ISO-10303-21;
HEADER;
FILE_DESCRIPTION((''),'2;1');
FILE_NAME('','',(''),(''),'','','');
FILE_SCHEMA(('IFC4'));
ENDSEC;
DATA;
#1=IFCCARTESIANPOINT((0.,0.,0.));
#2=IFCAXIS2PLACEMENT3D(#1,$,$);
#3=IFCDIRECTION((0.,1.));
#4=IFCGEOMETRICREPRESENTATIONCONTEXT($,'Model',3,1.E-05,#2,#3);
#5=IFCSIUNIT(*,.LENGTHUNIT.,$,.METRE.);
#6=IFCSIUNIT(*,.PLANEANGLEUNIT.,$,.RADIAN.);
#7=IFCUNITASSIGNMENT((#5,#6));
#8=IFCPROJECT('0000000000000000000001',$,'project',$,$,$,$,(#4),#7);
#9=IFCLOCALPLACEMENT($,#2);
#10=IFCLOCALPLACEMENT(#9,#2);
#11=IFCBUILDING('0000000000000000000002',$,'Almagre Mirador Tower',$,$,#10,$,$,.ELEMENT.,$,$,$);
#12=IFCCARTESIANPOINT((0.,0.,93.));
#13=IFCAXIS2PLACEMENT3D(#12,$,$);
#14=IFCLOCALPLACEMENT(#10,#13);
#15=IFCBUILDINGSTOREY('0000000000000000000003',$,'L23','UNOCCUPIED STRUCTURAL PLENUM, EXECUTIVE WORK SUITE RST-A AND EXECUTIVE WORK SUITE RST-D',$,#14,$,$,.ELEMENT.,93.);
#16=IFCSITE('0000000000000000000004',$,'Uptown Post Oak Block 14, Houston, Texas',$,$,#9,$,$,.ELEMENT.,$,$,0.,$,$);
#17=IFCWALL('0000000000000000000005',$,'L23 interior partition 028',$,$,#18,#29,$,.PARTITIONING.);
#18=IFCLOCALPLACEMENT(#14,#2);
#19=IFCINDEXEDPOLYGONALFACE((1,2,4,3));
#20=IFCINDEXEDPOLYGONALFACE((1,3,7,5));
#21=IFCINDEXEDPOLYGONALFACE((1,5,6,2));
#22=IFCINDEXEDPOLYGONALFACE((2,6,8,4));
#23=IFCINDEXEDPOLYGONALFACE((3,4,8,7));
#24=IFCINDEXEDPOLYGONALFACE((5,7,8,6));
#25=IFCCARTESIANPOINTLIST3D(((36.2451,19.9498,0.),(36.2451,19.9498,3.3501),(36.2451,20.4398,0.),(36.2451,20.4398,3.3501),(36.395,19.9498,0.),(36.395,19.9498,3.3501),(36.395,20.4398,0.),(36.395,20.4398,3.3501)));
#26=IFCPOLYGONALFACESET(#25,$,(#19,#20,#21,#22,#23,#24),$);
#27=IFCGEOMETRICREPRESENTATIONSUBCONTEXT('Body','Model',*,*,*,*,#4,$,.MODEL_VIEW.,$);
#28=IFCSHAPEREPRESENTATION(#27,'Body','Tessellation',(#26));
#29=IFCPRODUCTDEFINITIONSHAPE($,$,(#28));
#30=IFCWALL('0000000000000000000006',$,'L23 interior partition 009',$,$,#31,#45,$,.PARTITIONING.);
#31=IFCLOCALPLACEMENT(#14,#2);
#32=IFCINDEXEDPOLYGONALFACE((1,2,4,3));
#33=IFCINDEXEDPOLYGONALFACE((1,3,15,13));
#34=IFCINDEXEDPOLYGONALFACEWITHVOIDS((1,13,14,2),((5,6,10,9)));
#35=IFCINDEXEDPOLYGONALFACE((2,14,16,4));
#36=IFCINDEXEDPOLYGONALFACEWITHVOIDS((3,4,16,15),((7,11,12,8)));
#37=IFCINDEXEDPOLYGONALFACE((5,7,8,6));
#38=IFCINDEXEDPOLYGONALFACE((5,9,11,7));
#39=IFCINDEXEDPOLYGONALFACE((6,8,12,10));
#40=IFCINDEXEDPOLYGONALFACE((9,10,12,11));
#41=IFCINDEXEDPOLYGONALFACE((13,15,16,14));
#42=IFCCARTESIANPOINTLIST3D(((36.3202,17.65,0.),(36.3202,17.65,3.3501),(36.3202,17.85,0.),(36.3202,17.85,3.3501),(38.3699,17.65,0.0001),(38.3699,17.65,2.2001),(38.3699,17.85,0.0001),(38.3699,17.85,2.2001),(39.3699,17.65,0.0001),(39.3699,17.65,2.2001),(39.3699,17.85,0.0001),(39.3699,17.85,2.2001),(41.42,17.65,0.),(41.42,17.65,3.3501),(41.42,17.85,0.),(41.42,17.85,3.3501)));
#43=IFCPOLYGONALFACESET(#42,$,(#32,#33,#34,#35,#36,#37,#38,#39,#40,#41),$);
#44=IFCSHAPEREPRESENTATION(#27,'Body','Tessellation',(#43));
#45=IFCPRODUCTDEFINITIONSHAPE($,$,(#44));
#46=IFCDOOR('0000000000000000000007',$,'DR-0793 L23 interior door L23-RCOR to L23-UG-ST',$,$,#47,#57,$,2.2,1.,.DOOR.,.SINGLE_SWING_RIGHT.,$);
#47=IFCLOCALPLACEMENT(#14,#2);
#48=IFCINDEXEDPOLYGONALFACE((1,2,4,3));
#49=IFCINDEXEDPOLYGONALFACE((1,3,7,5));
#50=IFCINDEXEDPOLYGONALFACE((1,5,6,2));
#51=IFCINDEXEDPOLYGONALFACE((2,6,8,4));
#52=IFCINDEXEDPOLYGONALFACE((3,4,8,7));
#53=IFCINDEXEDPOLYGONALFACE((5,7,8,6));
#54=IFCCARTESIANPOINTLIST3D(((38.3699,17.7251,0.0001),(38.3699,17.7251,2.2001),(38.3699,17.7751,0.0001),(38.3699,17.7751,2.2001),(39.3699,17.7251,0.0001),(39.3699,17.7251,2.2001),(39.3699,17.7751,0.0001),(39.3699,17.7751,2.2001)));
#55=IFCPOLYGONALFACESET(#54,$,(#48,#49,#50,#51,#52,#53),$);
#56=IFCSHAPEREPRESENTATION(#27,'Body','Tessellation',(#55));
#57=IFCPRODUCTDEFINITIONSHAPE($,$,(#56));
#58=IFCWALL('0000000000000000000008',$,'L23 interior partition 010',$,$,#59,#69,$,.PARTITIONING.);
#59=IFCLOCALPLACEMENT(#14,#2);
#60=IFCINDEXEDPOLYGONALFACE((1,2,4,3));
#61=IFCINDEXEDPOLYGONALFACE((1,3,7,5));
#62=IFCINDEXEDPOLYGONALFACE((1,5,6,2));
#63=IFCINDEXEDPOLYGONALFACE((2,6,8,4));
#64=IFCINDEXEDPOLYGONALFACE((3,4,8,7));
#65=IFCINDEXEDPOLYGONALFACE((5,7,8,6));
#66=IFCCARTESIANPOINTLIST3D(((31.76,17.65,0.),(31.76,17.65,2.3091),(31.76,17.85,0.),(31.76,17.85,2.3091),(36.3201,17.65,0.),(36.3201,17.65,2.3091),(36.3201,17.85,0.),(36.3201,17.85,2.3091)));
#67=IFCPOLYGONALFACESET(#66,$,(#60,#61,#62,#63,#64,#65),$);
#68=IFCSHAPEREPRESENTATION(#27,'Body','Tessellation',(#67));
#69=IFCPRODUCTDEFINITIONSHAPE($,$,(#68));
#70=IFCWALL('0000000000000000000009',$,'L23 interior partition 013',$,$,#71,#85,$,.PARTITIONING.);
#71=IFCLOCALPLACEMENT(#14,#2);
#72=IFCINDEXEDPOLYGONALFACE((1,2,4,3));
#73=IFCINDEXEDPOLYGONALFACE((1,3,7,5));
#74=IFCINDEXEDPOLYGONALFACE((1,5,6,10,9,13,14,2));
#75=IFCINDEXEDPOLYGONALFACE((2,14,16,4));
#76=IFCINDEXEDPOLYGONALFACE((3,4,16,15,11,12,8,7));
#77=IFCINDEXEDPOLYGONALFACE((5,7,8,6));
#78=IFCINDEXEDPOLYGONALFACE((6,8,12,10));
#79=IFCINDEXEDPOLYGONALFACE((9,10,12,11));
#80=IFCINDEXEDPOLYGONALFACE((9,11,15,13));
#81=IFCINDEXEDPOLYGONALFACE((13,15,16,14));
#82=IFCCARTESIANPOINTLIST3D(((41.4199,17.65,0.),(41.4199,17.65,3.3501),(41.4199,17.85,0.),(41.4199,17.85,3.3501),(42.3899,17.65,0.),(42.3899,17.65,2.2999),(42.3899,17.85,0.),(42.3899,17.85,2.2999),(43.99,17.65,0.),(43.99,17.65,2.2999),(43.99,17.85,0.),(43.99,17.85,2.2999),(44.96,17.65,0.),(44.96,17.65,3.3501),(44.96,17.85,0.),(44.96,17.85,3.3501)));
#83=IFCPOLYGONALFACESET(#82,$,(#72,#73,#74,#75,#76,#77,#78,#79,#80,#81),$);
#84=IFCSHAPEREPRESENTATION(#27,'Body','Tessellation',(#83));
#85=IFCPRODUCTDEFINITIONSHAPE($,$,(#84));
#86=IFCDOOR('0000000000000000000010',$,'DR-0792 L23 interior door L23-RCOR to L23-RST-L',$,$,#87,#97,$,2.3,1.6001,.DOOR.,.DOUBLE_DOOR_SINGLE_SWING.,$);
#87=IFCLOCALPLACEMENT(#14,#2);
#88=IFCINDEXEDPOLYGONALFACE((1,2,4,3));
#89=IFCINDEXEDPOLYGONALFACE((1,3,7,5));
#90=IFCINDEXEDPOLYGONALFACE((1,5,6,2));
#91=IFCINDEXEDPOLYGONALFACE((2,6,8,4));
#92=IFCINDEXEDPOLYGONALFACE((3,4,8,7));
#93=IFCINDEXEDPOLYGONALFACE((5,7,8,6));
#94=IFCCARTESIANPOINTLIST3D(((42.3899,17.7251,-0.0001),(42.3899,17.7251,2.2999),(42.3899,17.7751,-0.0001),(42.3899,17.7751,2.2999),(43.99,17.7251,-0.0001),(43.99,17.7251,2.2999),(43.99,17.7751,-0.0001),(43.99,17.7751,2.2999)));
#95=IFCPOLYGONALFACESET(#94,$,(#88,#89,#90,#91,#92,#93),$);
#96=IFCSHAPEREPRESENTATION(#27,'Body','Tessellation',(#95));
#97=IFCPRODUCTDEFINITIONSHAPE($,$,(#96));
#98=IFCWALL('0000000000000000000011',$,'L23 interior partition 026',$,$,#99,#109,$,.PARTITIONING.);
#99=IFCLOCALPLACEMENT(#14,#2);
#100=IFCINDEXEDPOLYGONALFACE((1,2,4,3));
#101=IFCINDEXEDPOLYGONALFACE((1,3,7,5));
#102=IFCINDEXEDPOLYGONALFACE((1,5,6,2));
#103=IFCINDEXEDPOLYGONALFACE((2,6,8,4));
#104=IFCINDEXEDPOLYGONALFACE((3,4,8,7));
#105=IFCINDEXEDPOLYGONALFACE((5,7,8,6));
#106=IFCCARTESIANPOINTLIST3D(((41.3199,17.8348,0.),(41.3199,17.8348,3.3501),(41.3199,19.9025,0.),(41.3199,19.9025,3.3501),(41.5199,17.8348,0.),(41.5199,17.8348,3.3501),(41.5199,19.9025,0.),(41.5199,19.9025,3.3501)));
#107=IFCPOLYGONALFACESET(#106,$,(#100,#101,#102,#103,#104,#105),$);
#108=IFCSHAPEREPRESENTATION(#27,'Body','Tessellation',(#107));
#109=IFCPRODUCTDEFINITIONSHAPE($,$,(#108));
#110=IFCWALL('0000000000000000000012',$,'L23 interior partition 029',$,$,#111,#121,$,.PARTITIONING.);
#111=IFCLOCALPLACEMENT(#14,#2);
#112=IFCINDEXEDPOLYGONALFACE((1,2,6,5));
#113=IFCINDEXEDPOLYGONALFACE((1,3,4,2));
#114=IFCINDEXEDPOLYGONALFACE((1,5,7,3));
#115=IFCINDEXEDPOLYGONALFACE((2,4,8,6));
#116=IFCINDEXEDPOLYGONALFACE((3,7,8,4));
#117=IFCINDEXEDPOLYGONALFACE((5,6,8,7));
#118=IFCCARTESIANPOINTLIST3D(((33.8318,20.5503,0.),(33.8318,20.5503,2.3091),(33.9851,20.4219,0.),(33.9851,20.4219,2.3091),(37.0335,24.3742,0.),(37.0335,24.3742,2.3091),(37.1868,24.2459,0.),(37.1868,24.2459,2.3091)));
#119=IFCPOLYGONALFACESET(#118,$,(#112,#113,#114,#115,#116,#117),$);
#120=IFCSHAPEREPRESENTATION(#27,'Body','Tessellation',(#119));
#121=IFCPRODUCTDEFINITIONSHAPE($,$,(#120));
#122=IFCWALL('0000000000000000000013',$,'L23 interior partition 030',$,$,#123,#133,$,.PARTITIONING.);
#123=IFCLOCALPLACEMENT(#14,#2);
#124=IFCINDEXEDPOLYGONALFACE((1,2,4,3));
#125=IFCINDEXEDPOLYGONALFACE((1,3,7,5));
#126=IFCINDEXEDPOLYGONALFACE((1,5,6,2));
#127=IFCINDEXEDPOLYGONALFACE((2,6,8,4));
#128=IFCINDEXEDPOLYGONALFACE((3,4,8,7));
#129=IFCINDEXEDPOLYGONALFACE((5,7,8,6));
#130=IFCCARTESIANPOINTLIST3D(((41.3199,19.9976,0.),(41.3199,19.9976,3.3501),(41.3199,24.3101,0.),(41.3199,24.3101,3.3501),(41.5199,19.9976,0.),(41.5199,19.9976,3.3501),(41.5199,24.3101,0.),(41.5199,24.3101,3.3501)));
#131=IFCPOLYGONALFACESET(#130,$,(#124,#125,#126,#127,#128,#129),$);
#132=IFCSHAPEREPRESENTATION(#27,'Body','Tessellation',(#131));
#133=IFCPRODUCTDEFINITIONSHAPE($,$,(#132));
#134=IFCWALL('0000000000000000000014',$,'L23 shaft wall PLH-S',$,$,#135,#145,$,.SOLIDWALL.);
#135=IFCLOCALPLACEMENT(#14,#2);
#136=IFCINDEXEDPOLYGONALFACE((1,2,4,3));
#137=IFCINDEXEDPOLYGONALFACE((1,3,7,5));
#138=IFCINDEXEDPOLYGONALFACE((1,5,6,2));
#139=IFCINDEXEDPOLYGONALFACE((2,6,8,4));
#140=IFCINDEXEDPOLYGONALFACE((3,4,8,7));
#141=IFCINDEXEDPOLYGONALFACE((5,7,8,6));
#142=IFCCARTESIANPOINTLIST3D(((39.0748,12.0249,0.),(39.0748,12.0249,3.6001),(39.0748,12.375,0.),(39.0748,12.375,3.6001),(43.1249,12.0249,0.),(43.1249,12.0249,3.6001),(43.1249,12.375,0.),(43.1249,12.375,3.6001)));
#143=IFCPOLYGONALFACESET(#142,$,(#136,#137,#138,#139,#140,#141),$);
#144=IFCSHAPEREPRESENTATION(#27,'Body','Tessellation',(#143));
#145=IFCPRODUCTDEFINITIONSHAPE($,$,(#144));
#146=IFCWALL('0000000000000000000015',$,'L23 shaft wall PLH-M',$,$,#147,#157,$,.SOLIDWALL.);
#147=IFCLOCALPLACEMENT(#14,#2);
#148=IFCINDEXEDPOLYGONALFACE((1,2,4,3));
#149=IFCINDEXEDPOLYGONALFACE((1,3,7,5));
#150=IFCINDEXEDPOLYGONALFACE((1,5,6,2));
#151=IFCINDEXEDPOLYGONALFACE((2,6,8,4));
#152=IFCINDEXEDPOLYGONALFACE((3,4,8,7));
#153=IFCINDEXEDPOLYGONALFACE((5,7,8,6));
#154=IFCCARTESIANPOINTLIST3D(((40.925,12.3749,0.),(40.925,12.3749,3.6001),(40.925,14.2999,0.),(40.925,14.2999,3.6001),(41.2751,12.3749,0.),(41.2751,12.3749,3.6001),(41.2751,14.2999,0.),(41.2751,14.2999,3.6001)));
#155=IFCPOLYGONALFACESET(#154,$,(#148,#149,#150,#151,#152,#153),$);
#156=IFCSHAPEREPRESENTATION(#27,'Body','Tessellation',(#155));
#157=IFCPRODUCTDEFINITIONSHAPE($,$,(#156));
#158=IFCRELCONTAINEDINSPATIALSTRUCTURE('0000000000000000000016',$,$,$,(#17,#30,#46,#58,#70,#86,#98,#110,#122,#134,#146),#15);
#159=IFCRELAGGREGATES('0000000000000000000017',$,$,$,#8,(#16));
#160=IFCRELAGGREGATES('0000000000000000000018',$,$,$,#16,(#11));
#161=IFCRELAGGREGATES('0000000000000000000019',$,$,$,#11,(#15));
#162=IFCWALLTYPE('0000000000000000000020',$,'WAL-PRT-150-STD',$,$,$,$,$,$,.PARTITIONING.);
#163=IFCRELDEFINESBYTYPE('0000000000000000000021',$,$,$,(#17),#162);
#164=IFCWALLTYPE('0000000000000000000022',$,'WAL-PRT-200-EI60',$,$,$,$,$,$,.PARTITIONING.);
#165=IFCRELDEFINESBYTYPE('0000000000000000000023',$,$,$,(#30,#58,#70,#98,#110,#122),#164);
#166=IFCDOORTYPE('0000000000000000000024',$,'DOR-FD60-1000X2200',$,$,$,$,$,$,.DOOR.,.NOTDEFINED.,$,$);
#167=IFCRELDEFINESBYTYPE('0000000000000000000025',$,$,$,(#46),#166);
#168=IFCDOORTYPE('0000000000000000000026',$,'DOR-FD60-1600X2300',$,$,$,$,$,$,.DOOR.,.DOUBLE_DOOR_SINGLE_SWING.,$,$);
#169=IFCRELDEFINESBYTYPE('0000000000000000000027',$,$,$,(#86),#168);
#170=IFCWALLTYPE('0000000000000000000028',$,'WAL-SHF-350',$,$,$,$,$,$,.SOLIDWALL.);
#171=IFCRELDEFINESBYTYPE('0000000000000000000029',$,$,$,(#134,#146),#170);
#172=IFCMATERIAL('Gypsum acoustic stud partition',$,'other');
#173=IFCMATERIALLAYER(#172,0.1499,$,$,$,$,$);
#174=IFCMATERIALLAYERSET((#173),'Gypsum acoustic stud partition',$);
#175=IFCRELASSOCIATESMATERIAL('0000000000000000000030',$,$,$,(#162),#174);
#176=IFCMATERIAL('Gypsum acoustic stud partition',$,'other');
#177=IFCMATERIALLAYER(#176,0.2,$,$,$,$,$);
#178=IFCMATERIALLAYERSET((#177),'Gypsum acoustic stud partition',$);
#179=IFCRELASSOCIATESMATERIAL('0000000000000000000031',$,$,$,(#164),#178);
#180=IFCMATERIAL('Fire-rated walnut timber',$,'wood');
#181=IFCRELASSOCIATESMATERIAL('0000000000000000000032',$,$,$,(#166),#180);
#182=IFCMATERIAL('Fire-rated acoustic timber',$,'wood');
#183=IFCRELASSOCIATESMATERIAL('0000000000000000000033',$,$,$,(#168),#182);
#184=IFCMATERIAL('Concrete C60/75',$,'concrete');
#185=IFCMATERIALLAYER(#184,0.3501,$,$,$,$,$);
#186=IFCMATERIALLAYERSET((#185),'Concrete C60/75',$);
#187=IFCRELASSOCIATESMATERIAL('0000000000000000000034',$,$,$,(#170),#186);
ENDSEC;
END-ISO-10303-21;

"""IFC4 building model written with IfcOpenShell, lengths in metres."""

from ifc_helpers import new_model, si_unit, direction, frame, frame_2d, origin, place, context, subcontext, project, spatial, rectangle, extrude, material, layer, layer_set, type_object, element, fill, save


model = new_model("IFC4")

# Units and contexts
model_context = context("Model", 3, precision=1e-05, world=origin(), true_north=direction((0.0, 1.0)))
body_context = subcontext(model_context, "Body", "Model", "MODEL_VIEW")
ifc_project = project(units=[si_unit("LENGTHUNIT", "METRE"), si_unit("PLANEANGLEUNIT", "RADIAN")], contexts=[model_context])

# Site, building, storey
site_placement = place(None, origin())
site = spatial("IfcSite", under=ifc_project, at=site_placement, Name="Uptown Post Oak Block 14, Houston, Texas", CompositionType="ELEMENT", RefElevation=0.0)
building_placement = place(site_placement, origin())
building = spatial("IfcBuilding", under=site, at=building_placement, Name="Almagre Mirador Tower", CompositionType="ELEMENT")
storey_placement = place(building_placement, frame((0.0, 0.0, 93.0)))
storey = spatial("IfcBuildingStorey", under=building, at=storey_placement, Name="L23", Description="UNOCCUPIED STRUCTURAL PLENUM, EXECUTIVE WORK SUITE RST-A AND EXECUTIVE WORK SUITE RST-D", CompositionType="ELEMENT", Elevation=93.0)

# Shared definitions
ifc_material_1 = material(Name="Gypsum acoustic stud partition", Category="other")
ifc_layer_1 = layer(ifc_material_1, 0.1499)
ifc_layer_set_1 = layer_set([ifc_layer_1], Name="Gypsum acoustic stud partition")
wall_type_1 = type_object("IfcWallType", Name="WAL-PRT-150-STD", PredefinedType="PARTITIONING", material=ifc_layer_set_1)

# Wall
wall_1_placement = place(storey_placement, frame((36.3201, 20.4399, 0.0), z_axis=(0.0, 0.0, 1.0), x_axis=(0.0, -1.0, 0.0)))
element("IfcWall", 1, at=wall_1_placement, inside=storey, type_object=wall_type_1, Name="L23 interior partition 028", PredefinedType="PARTITIONING", context=body_context, shape_type="SweptSolid", body=[
    extrude(rectangle(XDim=0.49, YDim=0.1499, at=frame_2d((0.2451, 0.0))), origin(), (0.0, 0.0, 1.0), 3.3501),
])

# Wall, opening, door
ifc_material_2 = material(Name="Gypsum acoustic stud partition", Category="other")
ifc_layer_2 = layer(ifc_material_2, 0.2)
ifc_layer_set_2 = layer_set([ifc_layer_2], Name="Gypsum acoustic stud partition")
wall_type_2 = type_object("IfcWallType", Name="WAL-PRT-200-EI60", PredefinedType="PARTITIONING", material=ifc_layer_set_2)
wall_2_placement = place(storey_placement, frame((41.4199, 17.75, 0.0), z_axis=(0.0, 0.0, 1.0), x_axis=(-1.0, 0.0, 0.0)))
wall_2 = element("IfcWall", 2, at=wall_2_placement, inside=storey, type_object=wall_type_2, Name="L23 interior partition 009", PredefinedType="PARTITIONING", context=body_context, shape_type="SweptSolid", body=[
    extrude(rectangle(XDim=5.0999, YDim=0.2, at=frame_2d((2.5498, 0.0))), origin(), (0.0, 0.0, 1.0), 3.3501),
])
opening_1_placement = place(wall_2_placement, frame((2.05, 0.0, 0.0)))
opening_1 = element("IfcOpeningElement", 3, at=opening_1_placement, cuts=wall_2, PredefinedType="OPENING", context=body_context, shape_type="SweptSolid", body=[
    extrude(rectangle(XDim=1.0, YDim=2.2, at=frame_2d((0.5, 1.1001))), frame((0.0, 0.1101, 0.0), z_axis=(0.0, -1.0, 0.0), x_axis=(1.0, 0.0, 0.0)), (0.0, 0.0, 1.0), 0.22),
])
ifc_material_3 = material(Name="Fire-rated walnut timber", Category="wood")
door_type_1 = type_object("IfcDoorType", Name="DOR-FD60-1000X2200", OperationType="NOTDEFINED", PredefinedType="DOOR", material=ifc_material_3)
door_1_placement = place(opening_1_placement, origin())
door_1 = element("IfcDoor", 4, at=door_1_placement, inside=storey, type_object=door_type_1, Name="DR-0793 L23 interior door L23-RCOR to L23-UG-ST", OperationType="SINGLE_SWING_RIGHT", OverallHeight=2.2, OverallWidth=1.0, PredefinedType="DOOR", context=body_context, shape_type="SweptSolid", body=[
    extrude(rectangle(XDim=1.0, YDim=2.2, at=frame_2d((0.5, 1.1001))), frame((0.0, 0.0249, 0.0), z_axis=(0.0, -1.0, 0.0), x_axis=(1.0, 0.0, 0.0)), (0.0, 0.0, 1.0), 0.05),
])
fill(opening_1, door_1)

# Wall
wall_3_placement = place(storey_placement, frame((36.3201, 17.75, 0.0), z_axis=(0.0, 0.0, 1.0), x_axis=(-1.0, 0.0, 0.0)))
element("IfcWall", 5, at=wall_3_placement, inside=storey, type_object=wall_type_2, Name="L23 interior partition 010", PredefinedType="PARTITIONING", context=body_context, shape_type="SweptSolid", body=[
    extrude(rectangle(XDim=4.5601, YDim=0.2, at=frame_2d((2.28, 0.0))), origin(), (0.0, 0.0, 1.0), 2.3091),
])

# Wall, opening, door
wall_4_placement = place(storey_placement, frame((44.96, 17.75, 0.0), z_axis=(0.0, 0.0, 1.0), x_axis=(-1.0, 0.0, 0.0)))
wall_4 = element("IfcWall", 6, at=wall_4_placement, inside=storey, type_object=wall_type_2, Name="L23 interior partition 013", PredefinedType="PARTITIONING", context=body_context, shape_type="SweptSolid", body=[
    extrude(rectangle(XDim=3.54, YDim=0.2, at=frame_2d((1.77, 0.0))), origin(), (0.0, 0.0, 1.0), 3.3501),
])
opening_2_placement = place(wall_4_placement, frame((0.97, 0.0, 0.0)))
opening_2 = element("IfcOpeningElement", 7, at=opening_2_placement, cuts=wall_4, PredefinedType="OPENING", context=body_context, shape_type="SweptSolid", body=[
    extrude(rectangle(XDim=1.6001, YDim=2.3, at=frame_2d((0.8, 1.1499))), frame((0.0, 0.1101, 0.0), z_axis=(0.0, -1.0, 0.0), x_axis=(1.0, 0.0, 0.0)), (0.0, 0.0, 1.0), 0.22),
])
ifc_material_4 = material(Name="Fire-rated acoustic timber", Category="wood")
door_type_2 = type_object("IfcDoorType", Name="DOR-FD60-1600X2300", OperationType="DOUBLE_DOOR_SINGLE_SWING", PredefinedType="DOOR", material=ifc_material_4)
door_2_placement = place(opening_2_placement, origin())
door_2 = element("IfcDoor", 8, at=door_2_placement, inside=storey, type_object=door_type_2, Name="DR-0792 L23 interior door L23-RCOR to L23-RST-L", OperationType="DOUBLE_DOOR_SINGLE_SWING", OverallHeight=2.3, OverallWidth=1.6001, PredefinedType="DOOR", context=body_context, shape_type="SweptSolid", body=[
    extrude(rectangle(XDim=1.6001, YDim=2.3, at=frame_2d((0.8, 1.1499))), frame((0.0, 0.0249, 0.0), z_axis=(0.0, -1.0, 0.0), x_axis=(1.0, 0.0, 0.0)), (0.0, 0.0, 1.0), 0.05),
])
fill(opening_2, door_2)

# Walls
wall_5_placement = place(storey_placement, frame((41.4199, 17.835, 0.0), z_axis=(0.0, 0.0, 1.0), x_axis=(0.0, 1.0, 0.0)))
element("IfcWall", 9, at=wall_5_placement, inside=storey, type_object=wall_type_2, Name="L23 interior partition 026", PredefinedType="PARTITIONING", context=body_context, shape_type="SweptSolid", body=[
    extrude(rectangle(XDim=2.0676, YDim=0.2, at=frame_2d((1.0337, 0.0))), origin(), (0.0, 0.0, 1.0), 3.3501),
])
wall_6_placement = place(storey_placement, frame((37.1101, 24.3101, 0.0), z_axis=(0.0, 0.0, 1.0), x_axis=(-0.641959, -0.766739, 0.0)))
element("IfcWall", 10, at=wall_6_placement, inside=storey, type_object=wall_type_2, Name="L23 interior partition 029", PredefinedType="PARTITIONING", context=body_context, shape_type="SweptSolid", body=[
    extrude(rectangle(XDim=4.9873, YDim=0.2, at=frame_2d((2.4937, 0.0))), origin(), (0.0, 0.0, 1.0), 2.3091),
])
wall_7_placement = place(storey_placement, frame((41.4199, 19.9976, 0.0), z_axis=(0.0, 0.0, 1.0), x_axis=(0.0, 1.0, 0.0)))
element("IfcWall", 11, at=wall_7_placement, inside=storey, type_object=wall_type_2, Name="L23 interior partition 030", PredefinedType="PARTITIONING", context=body_context, shape_type="SweptSolid", body=[
    extrude(rectangle(XDim=4.3125, YDim=0.2, at=frame_2d((2.1562, 0.0))), origin(), (0.0, 0.0, 1.0), 3.3501),
])
ifc_material_5 = material(Name="Concrete C60/75", Category="concrete")
ifc_layer_3 = layer(ifc_material_5, 0.3501)
ifc_layer_set_3 = layer_set([ifc_layer_3], Name="Concrete C60/75")
wall_type_3 = type_object("IfcWallType", Name="WAL-SHF-350", PredefinedType="SOLIDWALL", material=ifc_layer_set_3)
wall_8_placement = place(storey_placement, frame((39.075, 12.2, 0.0), z_axis=(0.0, 0.0, 1.0), x_axis=(1.0, 0.0, 0.0)))
element("IfcWall", 12, at=wall_8_placement, inside=storey, type_object=wall_type_3, Name="L23 shaft wall PLH-S", PredefinedType="SOLIDWALL", context=body_context, shape_type="SweptSolid", body=[
    extrude(rectangle(XDim=4.05, YDim=0.3501, at=frame_2d((2.0249, 0.0))), origin(), (0.0, 0.0, 1.0), 3.6001),
])
wall_9_placement = place(storey_placement, frame((41.1001, 12.375, 0.0), z_axis=(0.0, 0.0, 1.0), x_axis=(0.0, 1.0, 0.0)))
element("IfcWall", 13, at=wall_9_placement, inside=storey, type_object=wall_type_3, Name="L23 shaft wall PLH-M", PredefinedType="SOLIDWALL", context=body_context, shape_type="SweptSolid", body=[
    extrude(rectangle(XDim=1.925, YDim=0.3501, at=frame_2d((0.9624, 0.0))), origin(), (0.0, 0.0, 1.0), 3.6001),
])

save(model, "model.ifc")
